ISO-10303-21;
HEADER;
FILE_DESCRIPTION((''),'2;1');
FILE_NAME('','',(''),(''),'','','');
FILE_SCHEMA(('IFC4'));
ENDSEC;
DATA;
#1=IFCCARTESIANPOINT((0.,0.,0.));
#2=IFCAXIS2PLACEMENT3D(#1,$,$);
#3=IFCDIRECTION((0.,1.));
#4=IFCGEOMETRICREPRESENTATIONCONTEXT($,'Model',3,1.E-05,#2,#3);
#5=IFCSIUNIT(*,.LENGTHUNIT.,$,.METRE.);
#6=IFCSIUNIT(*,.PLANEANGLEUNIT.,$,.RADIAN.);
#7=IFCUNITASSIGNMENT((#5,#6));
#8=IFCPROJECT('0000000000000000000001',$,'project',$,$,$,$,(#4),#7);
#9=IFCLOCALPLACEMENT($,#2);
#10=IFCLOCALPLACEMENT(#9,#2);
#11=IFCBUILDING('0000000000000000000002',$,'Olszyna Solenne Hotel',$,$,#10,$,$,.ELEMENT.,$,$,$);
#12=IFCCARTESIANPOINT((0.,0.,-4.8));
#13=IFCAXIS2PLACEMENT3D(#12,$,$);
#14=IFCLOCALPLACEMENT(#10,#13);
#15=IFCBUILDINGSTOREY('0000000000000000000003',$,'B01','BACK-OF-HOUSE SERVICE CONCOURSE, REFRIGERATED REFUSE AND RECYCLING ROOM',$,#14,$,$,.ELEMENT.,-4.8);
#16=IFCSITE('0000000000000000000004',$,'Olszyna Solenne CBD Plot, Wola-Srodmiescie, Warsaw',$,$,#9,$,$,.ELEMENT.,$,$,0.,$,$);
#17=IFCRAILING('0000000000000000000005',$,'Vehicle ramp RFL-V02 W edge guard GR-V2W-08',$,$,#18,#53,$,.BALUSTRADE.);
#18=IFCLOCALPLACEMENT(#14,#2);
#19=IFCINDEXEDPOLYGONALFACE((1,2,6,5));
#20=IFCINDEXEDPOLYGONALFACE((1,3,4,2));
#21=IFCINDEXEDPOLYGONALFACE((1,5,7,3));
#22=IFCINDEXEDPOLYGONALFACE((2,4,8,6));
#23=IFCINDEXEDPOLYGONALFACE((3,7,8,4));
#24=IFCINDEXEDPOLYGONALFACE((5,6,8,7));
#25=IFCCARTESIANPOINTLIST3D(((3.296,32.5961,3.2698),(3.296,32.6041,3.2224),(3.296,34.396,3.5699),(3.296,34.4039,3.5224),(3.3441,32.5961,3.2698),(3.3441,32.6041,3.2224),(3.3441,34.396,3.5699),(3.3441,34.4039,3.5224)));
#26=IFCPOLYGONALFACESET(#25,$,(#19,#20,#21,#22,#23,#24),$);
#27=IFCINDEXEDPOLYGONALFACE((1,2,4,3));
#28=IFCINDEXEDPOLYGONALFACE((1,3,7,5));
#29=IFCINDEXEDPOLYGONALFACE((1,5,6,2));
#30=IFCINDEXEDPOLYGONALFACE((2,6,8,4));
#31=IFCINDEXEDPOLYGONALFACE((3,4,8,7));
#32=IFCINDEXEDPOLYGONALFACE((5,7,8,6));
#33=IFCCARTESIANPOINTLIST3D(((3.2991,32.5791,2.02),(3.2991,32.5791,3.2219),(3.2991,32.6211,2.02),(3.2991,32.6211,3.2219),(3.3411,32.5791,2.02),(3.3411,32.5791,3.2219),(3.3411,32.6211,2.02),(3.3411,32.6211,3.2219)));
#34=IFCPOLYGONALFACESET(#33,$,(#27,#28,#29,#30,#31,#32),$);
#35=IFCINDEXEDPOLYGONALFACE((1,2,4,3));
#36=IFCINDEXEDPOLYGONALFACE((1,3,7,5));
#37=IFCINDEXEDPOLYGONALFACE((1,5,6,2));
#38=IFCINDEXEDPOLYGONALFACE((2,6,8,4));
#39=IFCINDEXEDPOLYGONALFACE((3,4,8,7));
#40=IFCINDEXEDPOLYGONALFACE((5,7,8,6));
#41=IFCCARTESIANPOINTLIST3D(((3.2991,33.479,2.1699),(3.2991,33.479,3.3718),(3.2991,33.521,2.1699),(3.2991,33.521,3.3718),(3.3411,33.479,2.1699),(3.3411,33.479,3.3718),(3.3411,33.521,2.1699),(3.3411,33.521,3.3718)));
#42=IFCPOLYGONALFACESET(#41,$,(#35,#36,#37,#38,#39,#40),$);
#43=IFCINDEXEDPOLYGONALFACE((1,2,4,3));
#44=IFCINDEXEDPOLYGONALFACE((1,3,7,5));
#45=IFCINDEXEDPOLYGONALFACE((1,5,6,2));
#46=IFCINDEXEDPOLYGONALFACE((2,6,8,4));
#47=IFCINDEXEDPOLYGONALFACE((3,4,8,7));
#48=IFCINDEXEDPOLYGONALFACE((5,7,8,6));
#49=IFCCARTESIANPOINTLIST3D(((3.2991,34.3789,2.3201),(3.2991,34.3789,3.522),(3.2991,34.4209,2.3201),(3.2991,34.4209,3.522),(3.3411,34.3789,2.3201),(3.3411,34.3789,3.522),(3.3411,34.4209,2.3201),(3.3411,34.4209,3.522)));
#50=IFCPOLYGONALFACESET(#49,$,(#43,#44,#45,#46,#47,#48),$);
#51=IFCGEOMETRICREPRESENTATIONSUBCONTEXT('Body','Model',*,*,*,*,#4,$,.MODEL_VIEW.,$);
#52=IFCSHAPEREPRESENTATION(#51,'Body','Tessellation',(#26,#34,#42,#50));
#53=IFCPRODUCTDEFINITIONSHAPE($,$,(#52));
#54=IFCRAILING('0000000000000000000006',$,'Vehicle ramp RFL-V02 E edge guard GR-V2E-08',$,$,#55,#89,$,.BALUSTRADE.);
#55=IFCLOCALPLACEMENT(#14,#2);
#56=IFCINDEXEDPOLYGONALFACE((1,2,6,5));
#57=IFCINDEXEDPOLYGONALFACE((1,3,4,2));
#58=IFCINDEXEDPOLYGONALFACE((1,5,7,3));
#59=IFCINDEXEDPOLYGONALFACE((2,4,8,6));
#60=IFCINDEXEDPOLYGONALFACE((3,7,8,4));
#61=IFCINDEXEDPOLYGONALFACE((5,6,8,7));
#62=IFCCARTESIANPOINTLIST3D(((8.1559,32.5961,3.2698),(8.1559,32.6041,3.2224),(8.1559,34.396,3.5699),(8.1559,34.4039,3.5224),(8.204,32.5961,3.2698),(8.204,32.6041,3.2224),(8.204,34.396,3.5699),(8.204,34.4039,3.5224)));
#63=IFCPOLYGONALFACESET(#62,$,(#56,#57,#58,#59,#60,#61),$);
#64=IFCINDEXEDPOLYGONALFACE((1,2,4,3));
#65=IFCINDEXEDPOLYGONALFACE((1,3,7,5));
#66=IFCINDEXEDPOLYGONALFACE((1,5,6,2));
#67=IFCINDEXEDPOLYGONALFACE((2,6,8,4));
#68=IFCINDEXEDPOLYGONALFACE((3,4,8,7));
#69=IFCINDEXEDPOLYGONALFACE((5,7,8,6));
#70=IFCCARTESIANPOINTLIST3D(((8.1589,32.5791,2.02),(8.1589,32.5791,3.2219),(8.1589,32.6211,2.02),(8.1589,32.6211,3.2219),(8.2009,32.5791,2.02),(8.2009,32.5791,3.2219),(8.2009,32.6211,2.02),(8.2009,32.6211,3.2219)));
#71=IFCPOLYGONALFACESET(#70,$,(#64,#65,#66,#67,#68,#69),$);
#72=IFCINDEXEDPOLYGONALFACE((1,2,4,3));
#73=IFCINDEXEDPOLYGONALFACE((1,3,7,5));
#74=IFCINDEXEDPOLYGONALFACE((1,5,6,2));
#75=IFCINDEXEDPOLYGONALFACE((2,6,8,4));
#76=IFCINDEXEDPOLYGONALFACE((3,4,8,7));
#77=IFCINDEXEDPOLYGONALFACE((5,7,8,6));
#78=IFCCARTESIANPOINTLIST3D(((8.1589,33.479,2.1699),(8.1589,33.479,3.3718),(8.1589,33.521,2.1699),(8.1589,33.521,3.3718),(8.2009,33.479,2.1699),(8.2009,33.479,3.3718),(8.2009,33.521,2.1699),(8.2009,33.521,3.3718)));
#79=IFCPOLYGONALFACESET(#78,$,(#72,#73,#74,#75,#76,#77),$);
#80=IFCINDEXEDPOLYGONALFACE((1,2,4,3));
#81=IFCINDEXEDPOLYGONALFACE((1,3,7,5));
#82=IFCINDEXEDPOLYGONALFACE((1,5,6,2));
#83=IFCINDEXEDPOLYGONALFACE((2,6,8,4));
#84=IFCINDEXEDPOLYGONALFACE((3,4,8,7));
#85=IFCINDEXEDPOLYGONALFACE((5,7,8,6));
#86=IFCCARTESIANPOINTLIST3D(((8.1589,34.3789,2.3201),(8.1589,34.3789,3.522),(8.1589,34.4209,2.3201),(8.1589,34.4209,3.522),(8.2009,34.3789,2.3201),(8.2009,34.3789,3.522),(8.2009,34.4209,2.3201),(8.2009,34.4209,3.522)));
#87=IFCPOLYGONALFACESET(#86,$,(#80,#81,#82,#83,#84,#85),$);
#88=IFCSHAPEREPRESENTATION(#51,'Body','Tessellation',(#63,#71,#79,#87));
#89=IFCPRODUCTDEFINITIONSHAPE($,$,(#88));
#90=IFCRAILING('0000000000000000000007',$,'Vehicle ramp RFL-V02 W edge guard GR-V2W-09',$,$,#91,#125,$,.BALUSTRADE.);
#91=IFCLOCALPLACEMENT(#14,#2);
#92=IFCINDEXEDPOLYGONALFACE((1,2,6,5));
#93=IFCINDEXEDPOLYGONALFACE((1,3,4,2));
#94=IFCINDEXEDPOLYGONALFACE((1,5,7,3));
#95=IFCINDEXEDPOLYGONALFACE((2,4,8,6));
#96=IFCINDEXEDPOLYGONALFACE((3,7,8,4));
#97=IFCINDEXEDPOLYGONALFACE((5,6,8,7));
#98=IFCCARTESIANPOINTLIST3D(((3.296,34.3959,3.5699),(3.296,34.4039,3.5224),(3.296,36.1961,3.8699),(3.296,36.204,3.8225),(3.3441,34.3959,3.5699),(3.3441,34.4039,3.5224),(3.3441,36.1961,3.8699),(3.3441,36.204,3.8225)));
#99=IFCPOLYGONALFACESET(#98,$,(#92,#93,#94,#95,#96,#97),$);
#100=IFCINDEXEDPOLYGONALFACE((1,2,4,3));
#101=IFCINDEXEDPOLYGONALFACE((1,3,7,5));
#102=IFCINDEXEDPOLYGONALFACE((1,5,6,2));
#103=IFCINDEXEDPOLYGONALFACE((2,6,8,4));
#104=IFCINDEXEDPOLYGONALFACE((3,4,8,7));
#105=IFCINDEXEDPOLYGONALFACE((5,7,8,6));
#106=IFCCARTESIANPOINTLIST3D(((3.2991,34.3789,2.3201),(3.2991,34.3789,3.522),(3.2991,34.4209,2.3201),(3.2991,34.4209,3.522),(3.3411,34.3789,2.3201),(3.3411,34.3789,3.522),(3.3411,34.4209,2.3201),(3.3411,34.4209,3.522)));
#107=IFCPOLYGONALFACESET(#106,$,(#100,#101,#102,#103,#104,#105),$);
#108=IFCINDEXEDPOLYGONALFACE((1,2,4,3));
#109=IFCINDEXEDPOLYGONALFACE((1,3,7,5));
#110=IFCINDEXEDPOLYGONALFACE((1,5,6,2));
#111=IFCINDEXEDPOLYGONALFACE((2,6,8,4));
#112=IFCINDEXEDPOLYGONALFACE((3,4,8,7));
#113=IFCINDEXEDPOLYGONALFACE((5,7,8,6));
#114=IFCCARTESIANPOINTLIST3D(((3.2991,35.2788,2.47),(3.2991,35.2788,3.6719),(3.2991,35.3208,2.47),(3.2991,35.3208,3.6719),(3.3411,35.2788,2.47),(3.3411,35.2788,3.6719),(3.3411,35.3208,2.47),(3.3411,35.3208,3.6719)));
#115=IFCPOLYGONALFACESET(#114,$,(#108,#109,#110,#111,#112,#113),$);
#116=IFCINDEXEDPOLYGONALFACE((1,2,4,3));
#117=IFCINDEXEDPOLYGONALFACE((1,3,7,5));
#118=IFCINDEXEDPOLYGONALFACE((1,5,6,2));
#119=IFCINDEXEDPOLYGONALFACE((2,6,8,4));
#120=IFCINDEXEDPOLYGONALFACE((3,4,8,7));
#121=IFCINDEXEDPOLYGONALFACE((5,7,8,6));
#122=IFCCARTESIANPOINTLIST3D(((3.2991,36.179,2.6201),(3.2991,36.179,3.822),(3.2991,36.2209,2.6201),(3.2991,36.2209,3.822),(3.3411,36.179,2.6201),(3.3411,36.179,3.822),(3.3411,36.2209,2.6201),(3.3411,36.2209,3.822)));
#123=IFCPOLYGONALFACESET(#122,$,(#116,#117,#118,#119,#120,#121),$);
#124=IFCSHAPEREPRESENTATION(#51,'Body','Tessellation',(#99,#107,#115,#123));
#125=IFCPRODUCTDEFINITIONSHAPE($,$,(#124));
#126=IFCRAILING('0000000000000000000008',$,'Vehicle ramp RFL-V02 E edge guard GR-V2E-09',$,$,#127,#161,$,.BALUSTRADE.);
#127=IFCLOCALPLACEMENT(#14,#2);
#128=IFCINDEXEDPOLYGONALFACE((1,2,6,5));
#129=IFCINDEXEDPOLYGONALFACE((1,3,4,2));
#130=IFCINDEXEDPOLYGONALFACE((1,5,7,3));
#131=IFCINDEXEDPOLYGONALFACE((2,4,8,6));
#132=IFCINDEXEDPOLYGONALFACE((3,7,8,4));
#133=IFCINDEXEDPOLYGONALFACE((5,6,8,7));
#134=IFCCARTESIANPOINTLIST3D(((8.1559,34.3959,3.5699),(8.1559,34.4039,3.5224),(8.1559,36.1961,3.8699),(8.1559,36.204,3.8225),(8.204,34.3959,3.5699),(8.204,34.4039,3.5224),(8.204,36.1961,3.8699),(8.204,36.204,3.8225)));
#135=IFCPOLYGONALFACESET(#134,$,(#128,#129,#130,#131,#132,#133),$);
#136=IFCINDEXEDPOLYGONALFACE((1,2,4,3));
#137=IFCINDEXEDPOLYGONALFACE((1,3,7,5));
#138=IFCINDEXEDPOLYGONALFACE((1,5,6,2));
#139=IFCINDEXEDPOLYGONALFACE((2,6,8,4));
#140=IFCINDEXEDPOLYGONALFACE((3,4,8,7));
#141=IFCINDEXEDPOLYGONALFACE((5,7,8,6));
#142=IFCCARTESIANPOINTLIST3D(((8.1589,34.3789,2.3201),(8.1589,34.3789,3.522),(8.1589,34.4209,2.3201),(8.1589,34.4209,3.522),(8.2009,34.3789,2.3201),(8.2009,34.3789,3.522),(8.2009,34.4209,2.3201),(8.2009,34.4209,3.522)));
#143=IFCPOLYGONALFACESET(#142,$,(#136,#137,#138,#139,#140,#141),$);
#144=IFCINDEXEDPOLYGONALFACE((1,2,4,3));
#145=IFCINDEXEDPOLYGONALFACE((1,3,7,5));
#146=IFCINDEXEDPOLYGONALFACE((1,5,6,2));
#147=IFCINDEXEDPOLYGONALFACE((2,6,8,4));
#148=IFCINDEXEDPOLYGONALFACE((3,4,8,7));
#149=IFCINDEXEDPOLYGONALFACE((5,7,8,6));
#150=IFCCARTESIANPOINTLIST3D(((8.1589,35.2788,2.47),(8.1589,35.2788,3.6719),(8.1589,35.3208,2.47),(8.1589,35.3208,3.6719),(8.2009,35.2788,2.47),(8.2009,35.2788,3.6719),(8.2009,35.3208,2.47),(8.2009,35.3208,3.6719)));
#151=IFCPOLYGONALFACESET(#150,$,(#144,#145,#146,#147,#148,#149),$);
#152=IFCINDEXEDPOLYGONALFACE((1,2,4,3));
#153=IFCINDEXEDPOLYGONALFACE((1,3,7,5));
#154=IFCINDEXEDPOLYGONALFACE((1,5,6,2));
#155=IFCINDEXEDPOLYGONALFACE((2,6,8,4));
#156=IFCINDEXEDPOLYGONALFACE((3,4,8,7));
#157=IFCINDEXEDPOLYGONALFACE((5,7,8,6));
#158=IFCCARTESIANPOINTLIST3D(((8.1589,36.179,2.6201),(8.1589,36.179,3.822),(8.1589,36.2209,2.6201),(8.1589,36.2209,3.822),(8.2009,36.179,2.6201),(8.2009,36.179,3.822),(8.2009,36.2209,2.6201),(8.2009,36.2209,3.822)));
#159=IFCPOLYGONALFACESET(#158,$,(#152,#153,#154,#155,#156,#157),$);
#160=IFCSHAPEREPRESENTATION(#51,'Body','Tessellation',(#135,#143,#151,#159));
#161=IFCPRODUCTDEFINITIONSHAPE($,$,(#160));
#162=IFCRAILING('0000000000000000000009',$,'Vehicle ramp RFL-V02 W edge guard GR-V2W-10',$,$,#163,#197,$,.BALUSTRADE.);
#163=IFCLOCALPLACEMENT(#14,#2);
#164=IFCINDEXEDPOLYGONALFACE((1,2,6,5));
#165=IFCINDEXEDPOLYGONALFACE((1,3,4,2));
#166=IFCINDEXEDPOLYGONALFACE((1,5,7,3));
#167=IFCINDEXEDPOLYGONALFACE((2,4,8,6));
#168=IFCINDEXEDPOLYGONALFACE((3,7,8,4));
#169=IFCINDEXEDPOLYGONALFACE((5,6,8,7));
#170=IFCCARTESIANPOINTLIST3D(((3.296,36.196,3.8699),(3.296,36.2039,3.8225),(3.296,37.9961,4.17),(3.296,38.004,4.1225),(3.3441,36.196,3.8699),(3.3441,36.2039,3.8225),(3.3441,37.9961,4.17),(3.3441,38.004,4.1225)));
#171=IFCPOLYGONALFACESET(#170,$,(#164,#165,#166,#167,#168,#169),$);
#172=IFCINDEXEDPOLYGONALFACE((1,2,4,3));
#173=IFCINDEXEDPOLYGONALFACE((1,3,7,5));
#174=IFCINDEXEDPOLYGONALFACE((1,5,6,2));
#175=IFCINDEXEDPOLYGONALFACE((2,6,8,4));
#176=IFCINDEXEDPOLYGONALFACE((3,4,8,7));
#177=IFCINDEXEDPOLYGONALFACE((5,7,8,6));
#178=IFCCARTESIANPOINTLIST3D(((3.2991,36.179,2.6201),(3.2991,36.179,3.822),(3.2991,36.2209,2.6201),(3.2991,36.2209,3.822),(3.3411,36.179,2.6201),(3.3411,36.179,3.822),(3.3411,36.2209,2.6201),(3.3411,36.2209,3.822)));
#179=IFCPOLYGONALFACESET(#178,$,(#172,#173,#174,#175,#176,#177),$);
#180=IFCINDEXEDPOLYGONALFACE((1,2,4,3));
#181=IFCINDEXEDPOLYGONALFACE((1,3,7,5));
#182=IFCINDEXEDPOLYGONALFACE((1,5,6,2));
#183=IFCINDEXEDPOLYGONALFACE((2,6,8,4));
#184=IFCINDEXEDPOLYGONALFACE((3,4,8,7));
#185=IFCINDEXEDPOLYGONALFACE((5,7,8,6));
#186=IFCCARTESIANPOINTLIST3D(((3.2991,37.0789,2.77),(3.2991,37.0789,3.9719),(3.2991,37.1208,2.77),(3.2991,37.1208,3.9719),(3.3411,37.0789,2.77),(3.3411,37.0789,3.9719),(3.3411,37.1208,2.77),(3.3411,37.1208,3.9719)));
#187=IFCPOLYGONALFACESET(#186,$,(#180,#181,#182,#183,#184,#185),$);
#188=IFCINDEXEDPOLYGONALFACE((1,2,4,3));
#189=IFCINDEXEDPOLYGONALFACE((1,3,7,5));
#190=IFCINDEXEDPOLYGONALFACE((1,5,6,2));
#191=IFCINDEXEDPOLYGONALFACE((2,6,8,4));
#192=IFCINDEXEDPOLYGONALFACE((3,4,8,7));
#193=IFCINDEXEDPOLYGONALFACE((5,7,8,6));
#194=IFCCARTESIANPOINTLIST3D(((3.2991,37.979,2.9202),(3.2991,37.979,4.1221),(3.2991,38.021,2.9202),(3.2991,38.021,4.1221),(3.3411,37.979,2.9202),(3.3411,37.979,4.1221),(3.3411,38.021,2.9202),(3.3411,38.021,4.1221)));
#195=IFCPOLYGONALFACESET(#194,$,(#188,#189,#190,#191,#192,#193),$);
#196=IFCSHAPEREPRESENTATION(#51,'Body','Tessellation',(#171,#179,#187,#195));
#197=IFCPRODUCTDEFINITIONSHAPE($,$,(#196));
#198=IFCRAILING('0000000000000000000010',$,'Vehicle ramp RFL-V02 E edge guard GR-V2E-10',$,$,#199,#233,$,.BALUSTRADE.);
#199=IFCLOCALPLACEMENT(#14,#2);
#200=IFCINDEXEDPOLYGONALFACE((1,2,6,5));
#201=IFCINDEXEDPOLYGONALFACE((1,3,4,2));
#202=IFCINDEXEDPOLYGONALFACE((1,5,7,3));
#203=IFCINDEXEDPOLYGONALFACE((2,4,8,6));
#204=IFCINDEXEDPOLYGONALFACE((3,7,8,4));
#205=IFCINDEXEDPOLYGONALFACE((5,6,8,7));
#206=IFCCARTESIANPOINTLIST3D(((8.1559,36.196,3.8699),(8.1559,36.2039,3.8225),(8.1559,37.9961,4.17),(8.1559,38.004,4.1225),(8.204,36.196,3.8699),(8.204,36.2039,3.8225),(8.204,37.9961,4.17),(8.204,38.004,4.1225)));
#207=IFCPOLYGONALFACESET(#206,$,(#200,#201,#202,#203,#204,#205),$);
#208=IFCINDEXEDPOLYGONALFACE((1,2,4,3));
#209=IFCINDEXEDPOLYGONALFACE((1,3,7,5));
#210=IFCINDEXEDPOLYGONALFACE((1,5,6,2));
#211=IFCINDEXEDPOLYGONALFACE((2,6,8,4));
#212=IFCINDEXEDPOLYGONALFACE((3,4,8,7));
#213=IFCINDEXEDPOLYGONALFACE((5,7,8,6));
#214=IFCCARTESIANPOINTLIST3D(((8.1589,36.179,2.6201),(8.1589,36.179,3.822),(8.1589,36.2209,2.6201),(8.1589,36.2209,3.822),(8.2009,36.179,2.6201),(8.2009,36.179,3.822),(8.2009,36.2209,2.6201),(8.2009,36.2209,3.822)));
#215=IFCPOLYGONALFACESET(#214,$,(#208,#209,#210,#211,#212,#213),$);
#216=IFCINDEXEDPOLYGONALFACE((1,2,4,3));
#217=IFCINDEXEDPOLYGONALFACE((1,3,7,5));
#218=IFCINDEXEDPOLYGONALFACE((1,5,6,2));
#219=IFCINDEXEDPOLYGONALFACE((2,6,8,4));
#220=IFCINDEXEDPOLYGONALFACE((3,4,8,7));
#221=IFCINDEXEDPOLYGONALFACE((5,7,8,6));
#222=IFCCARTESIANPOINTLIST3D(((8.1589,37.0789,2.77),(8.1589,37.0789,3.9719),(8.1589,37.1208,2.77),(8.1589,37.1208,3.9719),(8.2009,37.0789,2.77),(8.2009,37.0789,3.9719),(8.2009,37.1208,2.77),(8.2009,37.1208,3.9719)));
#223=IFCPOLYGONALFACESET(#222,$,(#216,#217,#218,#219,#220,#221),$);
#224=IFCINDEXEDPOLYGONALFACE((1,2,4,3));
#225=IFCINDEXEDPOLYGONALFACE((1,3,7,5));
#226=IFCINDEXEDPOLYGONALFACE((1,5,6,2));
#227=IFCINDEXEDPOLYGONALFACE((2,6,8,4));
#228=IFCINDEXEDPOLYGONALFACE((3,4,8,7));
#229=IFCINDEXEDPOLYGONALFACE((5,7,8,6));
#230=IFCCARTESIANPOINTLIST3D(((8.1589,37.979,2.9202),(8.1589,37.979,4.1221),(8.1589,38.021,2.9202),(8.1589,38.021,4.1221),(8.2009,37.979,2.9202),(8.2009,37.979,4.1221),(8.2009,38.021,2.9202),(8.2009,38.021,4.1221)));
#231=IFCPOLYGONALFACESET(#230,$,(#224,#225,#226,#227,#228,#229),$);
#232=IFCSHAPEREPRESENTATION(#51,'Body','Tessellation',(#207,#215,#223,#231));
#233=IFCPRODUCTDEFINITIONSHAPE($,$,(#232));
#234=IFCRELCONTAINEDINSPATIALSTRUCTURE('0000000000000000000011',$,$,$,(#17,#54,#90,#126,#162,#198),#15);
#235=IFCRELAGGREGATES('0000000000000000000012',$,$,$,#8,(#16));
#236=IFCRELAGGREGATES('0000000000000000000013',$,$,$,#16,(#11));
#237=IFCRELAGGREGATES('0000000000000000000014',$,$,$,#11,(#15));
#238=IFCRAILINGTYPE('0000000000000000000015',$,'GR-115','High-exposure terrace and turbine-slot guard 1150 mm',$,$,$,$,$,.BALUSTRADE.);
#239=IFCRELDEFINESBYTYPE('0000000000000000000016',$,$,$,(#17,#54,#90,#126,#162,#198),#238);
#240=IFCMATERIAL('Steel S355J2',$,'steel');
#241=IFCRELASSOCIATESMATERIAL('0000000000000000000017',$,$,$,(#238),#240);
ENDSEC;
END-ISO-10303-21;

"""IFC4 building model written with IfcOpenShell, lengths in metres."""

from ifc_helpers import new_model, si_unit, direction, frame, origin, origin_2d, place, context, subcontext, project, spatial, rectangle, extrude, material, type_object, element, save


model = new_model("IFC4")

# Units and contexts
model_context = context("Model", 3, precision=1e-05, world=origin(), true_north=direction((0.0, 1.0)))
body_context = subcontext(model_context, "Body", "Model", "MODEL_VIEW")
ifc_project = project(units=[si_unit("LENGTHUNIT", "METRE"), si_unit("PLANEANGLEUNIT", "RADIAN")], contexts=[model_context])

# Site, building, storey
site_placement = place(None, origin())
site = spatial("IfcSite", under=ifc_project, at=site_placement, Name="Olszyna Solenne CBD Plot, Wola-Srodmiescie, Warsaw", CompositionType="ELEMENT", RefElevation=0.0)
building_placement = place(site_placement, origin())
building = spatial("IfcBuilding", under=site, at=building_placement, Name="Olszyna Solenne Hotel", CompositionType="ELEMENT")
storey_placement = place(building_placement, frame((0.0, 0.0, -4.8)))
storey = spatial("IfcBuildingStorey", under=building, at=storey_placement, Name="B01", Description="BACK-OF-HOUSE SERVICE CONCOURSE, REFRIGERATED REFUSE AND RECYCLING ROOM", CompositionType="ELEMENT", Elevation=-4.8)

# Shared definitions
ifc_material_1 = material(Name="Steel S355J2", Category="steel")

# Railings
railing_type = type_object("IfcRailingType", Name="GR-115", Description="High-exposure terrace and turbine-slot guard 1150 mm", PredefinedType="BALUSTRADE", material=ifc_material_1)
for number, where, name in (
    (1, (3.3201, 32.6001, 2.02), "Vehicle ramp RFL-V02 W edge guard GR-V2W-08"),
    (2, (8.1799, 32.6001, 2.02), "Vehicle ramp RFL-V02 E edge guard GR-V2E-08"),
):
    element("IfcRailing", number, at=place(storey_placement, frame(where)), inside=storey, type_object=railing_type, Name=name, PredefinedType="BALUSTRADE", context=body_context, shape_type="SweptSolid", body=[
        extrude(rectangle(XDim=0.0481, YDim=0.0481, at=origin_2d()), frame((0.0, 0.0, 1.2261), z_axis=(0.0, 0.986387, 0.164442), x_axis=(-1.0, 0.0, 0.0)), (0.0, 0.0, 1.0), 1.8247),
        extrude(rectangle(XDim=0.042, YDim=0.042, at=origin_2d()), origin(), (0.0, 0.0, 1.0), 1.2019),
        extrude(rectangle(XDim=0.042, YDim=0.042, at=origin_2d()), frame((0.0, 0.8999, 0.1499)), (0.0, 0.0, 1.0), 1.2019),
        extrude(rectangle(XDim=0.042, YDim=0.042, at=origin_2d()), frame((0.0, 1.7998, 0.3)), (0.0, 0.0, 1.0), 1.2019),
    ])
for number, where, name in (
    (3, (3.3201, 34.3999, 2.3201), "Vehicle ramp RFL-V02 W edge guard GR-V2W-09"),
    (4, (8.1799, 34.3999, 2.3201), "Vehicle ramp RFL-V02 E edge guard GR-V2E-09"),
    (5, (3.3201, 36.2, 2.6201), "Vehicle ramp RFL-V02 W edge guard GR-V2W-10"),
    (6, (8.1799, 36.2, 2.6201), "Vehicle ramp RFL-V02 E edge guard GR-V2E-10"),
):
    element("IfcRailing", number, at=place(storey_placement, frame(where)), inside=storey, type_object=railing_type, Name=name, PredefinedType="BALUSTRADE", context=body_context, shape_type="SweptSolid", body=[
        extrude(rectangle(XDim=0.0481, YDim=0.0481, at=origin_2d()), frame((0.0, 0.0, 1.2261), z_axis=(0.0, 0.98639, 0.164421), x_axis=(-1.0, 0.0, 0.0)), (0.0, 0.0, 1.0), 1.825),
        extrude(rectangle(XDim=0.042, YDim=0.042, at=origin_2d()), origin(), (0.0, 0.0, 1.0), 1.2019),
        extrude(rectangle(XDim=0.042, YDim=0.042, at=origin_2d()), frame((0.0, 0.8999, 0.1499)), (0.0, 0.0, 1.0), 1.2019),
        extrude(rectangle(XDim=0.042, YDim=0.042, at=origin_2d()), frame((0.0, 1.8, 0.3)), (0.0, 0.0, 1.0), 1.2019),
    ])

save(model, "model.ifc")
